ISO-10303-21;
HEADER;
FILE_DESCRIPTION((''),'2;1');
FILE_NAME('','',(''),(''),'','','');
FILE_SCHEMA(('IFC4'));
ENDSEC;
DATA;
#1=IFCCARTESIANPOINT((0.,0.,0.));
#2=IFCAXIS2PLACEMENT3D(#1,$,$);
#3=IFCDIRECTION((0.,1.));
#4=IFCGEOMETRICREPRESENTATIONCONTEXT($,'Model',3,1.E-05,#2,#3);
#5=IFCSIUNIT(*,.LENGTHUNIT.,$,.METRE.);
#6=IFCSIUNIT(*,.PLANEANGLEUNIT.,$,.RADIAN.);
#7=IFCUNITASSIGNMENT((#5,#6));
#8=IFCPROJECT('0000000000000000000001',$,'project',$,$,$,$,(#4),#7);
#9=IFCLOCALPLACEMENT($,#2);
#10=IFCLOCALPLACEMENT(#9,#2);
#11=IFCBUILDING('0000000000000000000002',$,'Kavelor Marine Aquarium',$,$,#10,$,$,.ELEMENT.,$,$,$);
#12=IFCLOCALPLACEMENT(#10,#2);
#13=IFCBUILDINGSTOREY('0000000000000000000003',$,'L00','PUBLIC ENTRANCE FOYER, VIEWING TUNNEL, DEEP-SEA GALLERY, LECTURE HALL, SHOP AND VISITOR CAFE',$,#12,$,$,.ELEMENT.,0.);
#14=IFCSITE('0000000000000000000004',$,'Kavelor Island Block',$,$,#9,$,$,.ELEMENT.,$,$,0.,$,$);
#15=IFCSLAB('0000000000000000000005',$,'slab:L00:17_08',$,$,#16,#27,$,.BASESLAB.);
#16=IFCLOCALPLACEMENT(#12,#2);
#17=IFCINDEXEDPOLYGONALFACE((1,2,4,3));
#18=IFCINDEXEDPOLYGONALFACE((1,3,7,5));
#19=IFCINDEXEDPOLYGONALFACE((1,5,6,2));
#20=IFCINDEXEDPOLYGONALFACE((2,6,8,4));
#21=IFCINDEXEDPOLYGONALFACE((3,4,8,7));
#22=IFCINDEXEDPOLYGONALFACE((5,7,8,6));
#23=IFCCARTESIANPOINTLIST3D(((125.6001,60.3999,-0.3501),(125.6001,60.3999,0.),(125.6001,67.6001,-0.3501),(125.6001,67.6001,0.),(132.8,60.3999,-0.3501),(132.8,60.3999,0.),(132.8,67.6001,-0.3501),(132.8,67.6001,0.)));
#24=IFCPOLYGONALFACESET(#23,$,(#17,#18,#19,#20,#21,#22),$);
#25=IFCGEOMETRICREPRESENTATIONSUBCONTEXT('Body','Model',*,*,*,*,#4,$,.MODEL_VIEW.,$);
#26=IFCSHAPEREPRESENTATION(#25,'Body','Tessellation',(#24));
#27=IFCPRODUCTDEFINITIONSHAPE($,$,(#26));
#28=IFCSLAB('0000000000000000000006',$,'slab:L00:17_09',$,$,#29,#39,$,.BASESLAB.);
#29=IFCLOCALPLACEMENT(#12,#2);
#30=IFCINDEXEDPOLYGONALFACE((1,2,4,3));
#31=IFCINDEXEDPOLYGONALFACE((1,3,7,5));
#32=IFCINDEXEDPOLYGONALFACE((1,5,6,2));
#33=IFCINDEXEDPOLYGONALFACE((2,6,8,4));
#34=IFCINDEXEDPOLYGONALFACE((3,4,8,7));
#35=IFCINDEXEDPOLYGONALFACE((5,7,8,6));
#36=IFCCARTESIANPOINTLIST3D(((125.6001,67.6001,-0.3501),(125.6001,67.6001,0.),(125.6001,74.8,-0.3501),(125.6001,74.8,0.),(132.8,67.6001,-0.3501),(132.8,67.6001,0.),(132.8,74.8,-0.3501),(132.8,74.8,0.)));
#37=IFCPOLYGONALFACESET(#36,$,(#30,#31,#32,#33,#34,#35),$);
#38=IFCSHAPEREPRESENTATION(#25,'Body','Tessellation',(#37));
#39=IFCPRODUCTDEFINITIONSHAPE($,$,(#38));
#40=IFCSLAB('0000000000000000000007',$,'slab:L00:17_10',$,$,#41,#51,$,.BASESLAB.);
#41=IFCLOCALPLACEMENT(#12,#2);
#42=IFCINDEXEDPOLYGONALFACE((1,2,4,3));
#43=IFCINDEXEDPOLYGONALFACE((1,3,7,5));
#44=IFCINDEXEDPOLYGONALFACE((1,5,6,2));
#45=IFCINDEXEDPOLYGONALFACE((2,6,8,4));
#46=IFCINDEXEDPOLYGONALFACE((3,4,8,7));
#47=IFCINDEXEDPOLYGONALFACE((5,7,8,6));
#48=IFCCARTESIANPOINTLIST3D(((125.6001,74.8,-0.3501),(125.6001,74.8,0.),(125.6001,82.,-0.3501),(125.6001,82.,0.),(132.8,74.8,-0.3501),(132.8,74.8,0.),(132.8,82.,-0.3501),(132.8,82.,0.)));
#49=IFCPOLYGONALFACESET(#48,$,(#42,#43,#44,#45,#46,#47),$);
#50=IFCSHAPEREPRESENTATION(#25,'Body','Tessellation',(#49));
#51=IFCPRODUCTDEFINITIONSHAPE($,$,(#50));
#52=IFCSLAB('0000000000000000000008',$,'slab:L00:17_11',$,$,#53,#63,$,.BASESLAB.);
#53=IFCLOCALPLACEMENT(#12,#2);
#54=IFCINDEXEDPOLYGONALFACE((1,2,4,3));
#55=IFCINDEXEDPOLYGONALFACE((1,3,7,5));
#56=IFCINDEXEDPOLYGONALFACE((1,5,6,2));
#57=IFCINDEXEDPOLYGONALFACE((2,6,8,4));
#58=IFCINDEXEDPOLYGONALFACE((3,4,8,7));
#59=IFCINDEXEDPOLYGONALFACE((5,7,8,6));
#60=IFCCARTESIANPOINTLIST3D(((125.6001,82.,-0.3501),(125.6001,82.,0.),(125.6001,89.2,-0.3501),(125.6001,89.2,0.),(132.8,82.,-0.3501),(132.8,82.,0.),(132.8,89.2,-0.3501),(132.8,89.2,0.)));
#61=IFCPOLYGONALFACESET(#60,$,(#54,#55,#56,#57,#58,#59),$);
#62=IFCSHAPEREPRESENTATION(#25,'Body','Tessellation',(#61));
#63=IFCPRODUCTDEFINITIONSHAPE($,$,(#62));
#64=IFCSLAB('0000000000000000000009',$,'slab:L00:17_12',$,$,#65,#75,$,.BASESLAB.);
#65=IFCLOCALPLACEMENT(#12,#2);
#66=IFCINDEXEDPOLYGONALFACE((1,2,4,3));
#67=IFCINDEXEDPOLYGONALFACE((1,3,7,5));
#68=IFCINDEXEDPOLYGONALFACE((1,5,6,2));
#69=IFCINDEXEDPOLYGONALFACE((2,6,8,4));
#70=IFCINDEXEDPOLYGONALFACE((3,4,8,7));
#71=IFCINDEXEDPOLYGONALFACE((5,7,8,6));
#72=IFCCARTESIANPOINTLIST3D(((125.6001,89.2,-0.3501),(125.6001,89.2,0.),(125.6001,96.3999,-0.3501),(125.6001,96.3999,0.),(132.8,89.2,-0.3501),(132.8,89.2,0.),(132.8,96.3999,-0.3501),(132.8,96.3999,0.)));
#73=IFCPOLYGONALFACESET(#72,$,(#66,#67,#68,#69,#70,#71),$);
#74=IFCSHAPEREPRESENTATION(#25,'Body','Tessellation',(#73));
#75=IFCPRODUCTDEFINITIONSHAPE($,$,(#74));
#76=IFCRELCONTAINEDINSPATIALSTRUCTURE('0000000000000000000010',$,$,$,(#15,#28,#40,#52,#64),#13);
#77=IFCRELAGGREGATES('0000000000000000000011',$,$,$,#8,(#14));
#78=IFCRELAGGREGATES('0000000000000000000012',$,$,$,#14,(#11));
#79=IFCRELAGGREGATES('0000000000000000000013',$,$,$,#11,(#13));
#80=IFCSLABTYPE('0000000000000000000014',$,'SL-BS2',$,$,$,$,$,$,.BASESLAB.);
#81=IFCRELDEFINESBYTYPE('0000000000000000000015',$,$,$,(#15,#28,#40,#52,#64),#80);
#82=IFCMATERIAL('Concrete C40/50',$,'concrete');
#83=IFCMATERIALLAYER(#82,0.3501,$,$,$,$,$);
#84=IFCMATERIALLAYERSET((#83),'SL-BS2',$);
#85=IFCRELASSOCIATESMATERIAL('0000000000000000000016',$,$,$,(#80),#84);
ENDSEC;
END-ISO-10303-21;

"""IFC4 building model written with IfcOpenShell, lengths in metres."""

from ifc_helpers import new_model, si_unit, direction, frame, origin, place, context, subcontext, project, spatial, polyline, outline, extrude, material, layer, layer_set, type_object, element, save


model = new_model("IFC4")

# Units and contexts
model_context = context("Model", 3, precision=1e-05, world=origin(), true_north=direction((0.0, 1.0)))
body_context = subcontext(model_context, "Body", "Model", "MODEL_VIEW")
ifc_project = project(units=[si_unit("LENGTHUNIT", "METRE"), si_unit("PLANEANGLEUNIT", "RADIAN")], contexts=[model_context])

# Site, building, storey
site_placement = place(None, origin())
site = spatial("IfcSite", under=ifc_project, at=site_placement, Name="Kavelor Island Block", CompositionType="ELEMENT", RefElevation=0.0)
building_placement = place(site_placement, origin())
building = spatial("IfcBuilding", under=site, at=building_placement, Name="Kavelor Marine Aquarium", CompositionType="ELEMENT")
storey_placement = place(building_placement, origin())
storey = spatial("IfcBuildingStorey", under=building, at=storey_placement, Name="L00", Description="PUBLIC ENTRANCE FOYER, VIEWING TUNNEL, DEEP-SEA GALLERY, LECTURE HALL, SHOP AND VISITOR CAFE", CompositionType="ELEMENT", Elevation=0.0)

# Slabs
ifc_material = material(Name="Concrete C40/50", Category="concrete")
ifc_layer = layer(ifc_material, 0.3501)
ifc_layer_set = layer_set([ifc_layer], Name="SL-BS2")
slab_type = type_object("IfcSlabType", Name="SL-BS2", PredefinedType="BASESLAB", material=ifc_layer_set)
slab_1_placement = place(storey_placement, frame((0.0, 0.0, -0.3501)))
element("IfcSlab", 1, at=slab_1_placement, inside=storey, type_object=slab_type, Name="slab:L00:17_08", PredefinedType="BASESLAB", context=body_context, shape_type="SweptSolid", body=[
    extrude(outline(polyline([(125.6001, 60.3999), (132.8, 60.3999), (132.8, 67.6001), (125.6001, 67.6001), (125.6001, 60.3999)])), origin(), (0.0, 0.0, 1.0), 0.3501),
])
slab_2_placement = place(storey_placement, frame((0.0, 0.0, -0.3501)))
element("IfcSlab", 2, at=slab_2_placement, inside=storey, type_object=slab_type, Name="slab:L00:17_09", PredefinedType="BASESLAB", context=body_context, shape_type="SweptSolid", body=[
    extrude(outline(polyline([(125.6001, 67.6001), (132.8, 67.6001), (132.8, 74.8), (125.6001, 74.8), (125.6001, 67.6001)])), origin(), (0.0, 0.0, 1.0), 0.3501),
])
slab_3_placement = place(storey_placement, frame((0.0, 0.0, -0.3501)))
element("IfcSlab", 3, at=slab_3_placement, inside=storey, type_object=slab_type, Name="slab:L00:17_10", PredefinedType="BASESLAB", context=body_context, shape_type="SweptSolid", body=[
    extrude(outline(polyline([(125.6001, 74.8), (132.8, 74.8), (132.8, 82.0), (125.6001, 82.0), (125.6001, 74.8)])), origin(), (0.0, 0.0, 1.0), 0.3501),
])
slab_4_placement = place(storey_placement, frame((0.0, 0.0, -0.3501)))
element("IfcSlab", 4, at=slab_4_placement, inside=storey, type_object=slab_type, Name="slab:L00:17_11", PredefinedType="BASESLAB", context=body_context, shape_type="SweptSolid", body=[
    extrude(outline(polyline([(125.6001, 82.0), (132.8, 82.0), (132.8, 89.2), (125.6001, 89.2), (125.6001, 82.0)])), origin(), (0.0, 0.0, 1.0), 0.3501),
])
slab_5_placement = place(storey_placement, frame((0.0, 0.0, -0.3501)))
element("IfcSlab", 5, at=slab_5_placement, inside=storey, type_object=slab_type, Name="slab:L00:17_12", PredefinedType="BASESLAB", context=body_context, shape_type="SweptSolid", body=[
    extrude(outline(polyline([(125.6001, 89.2), (132.8, 89.2), (132.8, 96.3999), (125.6001, 96.3999), (125.6001, 89.2)])), origin(), (0.0, 0.0, 1.0), 0.3501),
])

save(model, "model.ifc")
